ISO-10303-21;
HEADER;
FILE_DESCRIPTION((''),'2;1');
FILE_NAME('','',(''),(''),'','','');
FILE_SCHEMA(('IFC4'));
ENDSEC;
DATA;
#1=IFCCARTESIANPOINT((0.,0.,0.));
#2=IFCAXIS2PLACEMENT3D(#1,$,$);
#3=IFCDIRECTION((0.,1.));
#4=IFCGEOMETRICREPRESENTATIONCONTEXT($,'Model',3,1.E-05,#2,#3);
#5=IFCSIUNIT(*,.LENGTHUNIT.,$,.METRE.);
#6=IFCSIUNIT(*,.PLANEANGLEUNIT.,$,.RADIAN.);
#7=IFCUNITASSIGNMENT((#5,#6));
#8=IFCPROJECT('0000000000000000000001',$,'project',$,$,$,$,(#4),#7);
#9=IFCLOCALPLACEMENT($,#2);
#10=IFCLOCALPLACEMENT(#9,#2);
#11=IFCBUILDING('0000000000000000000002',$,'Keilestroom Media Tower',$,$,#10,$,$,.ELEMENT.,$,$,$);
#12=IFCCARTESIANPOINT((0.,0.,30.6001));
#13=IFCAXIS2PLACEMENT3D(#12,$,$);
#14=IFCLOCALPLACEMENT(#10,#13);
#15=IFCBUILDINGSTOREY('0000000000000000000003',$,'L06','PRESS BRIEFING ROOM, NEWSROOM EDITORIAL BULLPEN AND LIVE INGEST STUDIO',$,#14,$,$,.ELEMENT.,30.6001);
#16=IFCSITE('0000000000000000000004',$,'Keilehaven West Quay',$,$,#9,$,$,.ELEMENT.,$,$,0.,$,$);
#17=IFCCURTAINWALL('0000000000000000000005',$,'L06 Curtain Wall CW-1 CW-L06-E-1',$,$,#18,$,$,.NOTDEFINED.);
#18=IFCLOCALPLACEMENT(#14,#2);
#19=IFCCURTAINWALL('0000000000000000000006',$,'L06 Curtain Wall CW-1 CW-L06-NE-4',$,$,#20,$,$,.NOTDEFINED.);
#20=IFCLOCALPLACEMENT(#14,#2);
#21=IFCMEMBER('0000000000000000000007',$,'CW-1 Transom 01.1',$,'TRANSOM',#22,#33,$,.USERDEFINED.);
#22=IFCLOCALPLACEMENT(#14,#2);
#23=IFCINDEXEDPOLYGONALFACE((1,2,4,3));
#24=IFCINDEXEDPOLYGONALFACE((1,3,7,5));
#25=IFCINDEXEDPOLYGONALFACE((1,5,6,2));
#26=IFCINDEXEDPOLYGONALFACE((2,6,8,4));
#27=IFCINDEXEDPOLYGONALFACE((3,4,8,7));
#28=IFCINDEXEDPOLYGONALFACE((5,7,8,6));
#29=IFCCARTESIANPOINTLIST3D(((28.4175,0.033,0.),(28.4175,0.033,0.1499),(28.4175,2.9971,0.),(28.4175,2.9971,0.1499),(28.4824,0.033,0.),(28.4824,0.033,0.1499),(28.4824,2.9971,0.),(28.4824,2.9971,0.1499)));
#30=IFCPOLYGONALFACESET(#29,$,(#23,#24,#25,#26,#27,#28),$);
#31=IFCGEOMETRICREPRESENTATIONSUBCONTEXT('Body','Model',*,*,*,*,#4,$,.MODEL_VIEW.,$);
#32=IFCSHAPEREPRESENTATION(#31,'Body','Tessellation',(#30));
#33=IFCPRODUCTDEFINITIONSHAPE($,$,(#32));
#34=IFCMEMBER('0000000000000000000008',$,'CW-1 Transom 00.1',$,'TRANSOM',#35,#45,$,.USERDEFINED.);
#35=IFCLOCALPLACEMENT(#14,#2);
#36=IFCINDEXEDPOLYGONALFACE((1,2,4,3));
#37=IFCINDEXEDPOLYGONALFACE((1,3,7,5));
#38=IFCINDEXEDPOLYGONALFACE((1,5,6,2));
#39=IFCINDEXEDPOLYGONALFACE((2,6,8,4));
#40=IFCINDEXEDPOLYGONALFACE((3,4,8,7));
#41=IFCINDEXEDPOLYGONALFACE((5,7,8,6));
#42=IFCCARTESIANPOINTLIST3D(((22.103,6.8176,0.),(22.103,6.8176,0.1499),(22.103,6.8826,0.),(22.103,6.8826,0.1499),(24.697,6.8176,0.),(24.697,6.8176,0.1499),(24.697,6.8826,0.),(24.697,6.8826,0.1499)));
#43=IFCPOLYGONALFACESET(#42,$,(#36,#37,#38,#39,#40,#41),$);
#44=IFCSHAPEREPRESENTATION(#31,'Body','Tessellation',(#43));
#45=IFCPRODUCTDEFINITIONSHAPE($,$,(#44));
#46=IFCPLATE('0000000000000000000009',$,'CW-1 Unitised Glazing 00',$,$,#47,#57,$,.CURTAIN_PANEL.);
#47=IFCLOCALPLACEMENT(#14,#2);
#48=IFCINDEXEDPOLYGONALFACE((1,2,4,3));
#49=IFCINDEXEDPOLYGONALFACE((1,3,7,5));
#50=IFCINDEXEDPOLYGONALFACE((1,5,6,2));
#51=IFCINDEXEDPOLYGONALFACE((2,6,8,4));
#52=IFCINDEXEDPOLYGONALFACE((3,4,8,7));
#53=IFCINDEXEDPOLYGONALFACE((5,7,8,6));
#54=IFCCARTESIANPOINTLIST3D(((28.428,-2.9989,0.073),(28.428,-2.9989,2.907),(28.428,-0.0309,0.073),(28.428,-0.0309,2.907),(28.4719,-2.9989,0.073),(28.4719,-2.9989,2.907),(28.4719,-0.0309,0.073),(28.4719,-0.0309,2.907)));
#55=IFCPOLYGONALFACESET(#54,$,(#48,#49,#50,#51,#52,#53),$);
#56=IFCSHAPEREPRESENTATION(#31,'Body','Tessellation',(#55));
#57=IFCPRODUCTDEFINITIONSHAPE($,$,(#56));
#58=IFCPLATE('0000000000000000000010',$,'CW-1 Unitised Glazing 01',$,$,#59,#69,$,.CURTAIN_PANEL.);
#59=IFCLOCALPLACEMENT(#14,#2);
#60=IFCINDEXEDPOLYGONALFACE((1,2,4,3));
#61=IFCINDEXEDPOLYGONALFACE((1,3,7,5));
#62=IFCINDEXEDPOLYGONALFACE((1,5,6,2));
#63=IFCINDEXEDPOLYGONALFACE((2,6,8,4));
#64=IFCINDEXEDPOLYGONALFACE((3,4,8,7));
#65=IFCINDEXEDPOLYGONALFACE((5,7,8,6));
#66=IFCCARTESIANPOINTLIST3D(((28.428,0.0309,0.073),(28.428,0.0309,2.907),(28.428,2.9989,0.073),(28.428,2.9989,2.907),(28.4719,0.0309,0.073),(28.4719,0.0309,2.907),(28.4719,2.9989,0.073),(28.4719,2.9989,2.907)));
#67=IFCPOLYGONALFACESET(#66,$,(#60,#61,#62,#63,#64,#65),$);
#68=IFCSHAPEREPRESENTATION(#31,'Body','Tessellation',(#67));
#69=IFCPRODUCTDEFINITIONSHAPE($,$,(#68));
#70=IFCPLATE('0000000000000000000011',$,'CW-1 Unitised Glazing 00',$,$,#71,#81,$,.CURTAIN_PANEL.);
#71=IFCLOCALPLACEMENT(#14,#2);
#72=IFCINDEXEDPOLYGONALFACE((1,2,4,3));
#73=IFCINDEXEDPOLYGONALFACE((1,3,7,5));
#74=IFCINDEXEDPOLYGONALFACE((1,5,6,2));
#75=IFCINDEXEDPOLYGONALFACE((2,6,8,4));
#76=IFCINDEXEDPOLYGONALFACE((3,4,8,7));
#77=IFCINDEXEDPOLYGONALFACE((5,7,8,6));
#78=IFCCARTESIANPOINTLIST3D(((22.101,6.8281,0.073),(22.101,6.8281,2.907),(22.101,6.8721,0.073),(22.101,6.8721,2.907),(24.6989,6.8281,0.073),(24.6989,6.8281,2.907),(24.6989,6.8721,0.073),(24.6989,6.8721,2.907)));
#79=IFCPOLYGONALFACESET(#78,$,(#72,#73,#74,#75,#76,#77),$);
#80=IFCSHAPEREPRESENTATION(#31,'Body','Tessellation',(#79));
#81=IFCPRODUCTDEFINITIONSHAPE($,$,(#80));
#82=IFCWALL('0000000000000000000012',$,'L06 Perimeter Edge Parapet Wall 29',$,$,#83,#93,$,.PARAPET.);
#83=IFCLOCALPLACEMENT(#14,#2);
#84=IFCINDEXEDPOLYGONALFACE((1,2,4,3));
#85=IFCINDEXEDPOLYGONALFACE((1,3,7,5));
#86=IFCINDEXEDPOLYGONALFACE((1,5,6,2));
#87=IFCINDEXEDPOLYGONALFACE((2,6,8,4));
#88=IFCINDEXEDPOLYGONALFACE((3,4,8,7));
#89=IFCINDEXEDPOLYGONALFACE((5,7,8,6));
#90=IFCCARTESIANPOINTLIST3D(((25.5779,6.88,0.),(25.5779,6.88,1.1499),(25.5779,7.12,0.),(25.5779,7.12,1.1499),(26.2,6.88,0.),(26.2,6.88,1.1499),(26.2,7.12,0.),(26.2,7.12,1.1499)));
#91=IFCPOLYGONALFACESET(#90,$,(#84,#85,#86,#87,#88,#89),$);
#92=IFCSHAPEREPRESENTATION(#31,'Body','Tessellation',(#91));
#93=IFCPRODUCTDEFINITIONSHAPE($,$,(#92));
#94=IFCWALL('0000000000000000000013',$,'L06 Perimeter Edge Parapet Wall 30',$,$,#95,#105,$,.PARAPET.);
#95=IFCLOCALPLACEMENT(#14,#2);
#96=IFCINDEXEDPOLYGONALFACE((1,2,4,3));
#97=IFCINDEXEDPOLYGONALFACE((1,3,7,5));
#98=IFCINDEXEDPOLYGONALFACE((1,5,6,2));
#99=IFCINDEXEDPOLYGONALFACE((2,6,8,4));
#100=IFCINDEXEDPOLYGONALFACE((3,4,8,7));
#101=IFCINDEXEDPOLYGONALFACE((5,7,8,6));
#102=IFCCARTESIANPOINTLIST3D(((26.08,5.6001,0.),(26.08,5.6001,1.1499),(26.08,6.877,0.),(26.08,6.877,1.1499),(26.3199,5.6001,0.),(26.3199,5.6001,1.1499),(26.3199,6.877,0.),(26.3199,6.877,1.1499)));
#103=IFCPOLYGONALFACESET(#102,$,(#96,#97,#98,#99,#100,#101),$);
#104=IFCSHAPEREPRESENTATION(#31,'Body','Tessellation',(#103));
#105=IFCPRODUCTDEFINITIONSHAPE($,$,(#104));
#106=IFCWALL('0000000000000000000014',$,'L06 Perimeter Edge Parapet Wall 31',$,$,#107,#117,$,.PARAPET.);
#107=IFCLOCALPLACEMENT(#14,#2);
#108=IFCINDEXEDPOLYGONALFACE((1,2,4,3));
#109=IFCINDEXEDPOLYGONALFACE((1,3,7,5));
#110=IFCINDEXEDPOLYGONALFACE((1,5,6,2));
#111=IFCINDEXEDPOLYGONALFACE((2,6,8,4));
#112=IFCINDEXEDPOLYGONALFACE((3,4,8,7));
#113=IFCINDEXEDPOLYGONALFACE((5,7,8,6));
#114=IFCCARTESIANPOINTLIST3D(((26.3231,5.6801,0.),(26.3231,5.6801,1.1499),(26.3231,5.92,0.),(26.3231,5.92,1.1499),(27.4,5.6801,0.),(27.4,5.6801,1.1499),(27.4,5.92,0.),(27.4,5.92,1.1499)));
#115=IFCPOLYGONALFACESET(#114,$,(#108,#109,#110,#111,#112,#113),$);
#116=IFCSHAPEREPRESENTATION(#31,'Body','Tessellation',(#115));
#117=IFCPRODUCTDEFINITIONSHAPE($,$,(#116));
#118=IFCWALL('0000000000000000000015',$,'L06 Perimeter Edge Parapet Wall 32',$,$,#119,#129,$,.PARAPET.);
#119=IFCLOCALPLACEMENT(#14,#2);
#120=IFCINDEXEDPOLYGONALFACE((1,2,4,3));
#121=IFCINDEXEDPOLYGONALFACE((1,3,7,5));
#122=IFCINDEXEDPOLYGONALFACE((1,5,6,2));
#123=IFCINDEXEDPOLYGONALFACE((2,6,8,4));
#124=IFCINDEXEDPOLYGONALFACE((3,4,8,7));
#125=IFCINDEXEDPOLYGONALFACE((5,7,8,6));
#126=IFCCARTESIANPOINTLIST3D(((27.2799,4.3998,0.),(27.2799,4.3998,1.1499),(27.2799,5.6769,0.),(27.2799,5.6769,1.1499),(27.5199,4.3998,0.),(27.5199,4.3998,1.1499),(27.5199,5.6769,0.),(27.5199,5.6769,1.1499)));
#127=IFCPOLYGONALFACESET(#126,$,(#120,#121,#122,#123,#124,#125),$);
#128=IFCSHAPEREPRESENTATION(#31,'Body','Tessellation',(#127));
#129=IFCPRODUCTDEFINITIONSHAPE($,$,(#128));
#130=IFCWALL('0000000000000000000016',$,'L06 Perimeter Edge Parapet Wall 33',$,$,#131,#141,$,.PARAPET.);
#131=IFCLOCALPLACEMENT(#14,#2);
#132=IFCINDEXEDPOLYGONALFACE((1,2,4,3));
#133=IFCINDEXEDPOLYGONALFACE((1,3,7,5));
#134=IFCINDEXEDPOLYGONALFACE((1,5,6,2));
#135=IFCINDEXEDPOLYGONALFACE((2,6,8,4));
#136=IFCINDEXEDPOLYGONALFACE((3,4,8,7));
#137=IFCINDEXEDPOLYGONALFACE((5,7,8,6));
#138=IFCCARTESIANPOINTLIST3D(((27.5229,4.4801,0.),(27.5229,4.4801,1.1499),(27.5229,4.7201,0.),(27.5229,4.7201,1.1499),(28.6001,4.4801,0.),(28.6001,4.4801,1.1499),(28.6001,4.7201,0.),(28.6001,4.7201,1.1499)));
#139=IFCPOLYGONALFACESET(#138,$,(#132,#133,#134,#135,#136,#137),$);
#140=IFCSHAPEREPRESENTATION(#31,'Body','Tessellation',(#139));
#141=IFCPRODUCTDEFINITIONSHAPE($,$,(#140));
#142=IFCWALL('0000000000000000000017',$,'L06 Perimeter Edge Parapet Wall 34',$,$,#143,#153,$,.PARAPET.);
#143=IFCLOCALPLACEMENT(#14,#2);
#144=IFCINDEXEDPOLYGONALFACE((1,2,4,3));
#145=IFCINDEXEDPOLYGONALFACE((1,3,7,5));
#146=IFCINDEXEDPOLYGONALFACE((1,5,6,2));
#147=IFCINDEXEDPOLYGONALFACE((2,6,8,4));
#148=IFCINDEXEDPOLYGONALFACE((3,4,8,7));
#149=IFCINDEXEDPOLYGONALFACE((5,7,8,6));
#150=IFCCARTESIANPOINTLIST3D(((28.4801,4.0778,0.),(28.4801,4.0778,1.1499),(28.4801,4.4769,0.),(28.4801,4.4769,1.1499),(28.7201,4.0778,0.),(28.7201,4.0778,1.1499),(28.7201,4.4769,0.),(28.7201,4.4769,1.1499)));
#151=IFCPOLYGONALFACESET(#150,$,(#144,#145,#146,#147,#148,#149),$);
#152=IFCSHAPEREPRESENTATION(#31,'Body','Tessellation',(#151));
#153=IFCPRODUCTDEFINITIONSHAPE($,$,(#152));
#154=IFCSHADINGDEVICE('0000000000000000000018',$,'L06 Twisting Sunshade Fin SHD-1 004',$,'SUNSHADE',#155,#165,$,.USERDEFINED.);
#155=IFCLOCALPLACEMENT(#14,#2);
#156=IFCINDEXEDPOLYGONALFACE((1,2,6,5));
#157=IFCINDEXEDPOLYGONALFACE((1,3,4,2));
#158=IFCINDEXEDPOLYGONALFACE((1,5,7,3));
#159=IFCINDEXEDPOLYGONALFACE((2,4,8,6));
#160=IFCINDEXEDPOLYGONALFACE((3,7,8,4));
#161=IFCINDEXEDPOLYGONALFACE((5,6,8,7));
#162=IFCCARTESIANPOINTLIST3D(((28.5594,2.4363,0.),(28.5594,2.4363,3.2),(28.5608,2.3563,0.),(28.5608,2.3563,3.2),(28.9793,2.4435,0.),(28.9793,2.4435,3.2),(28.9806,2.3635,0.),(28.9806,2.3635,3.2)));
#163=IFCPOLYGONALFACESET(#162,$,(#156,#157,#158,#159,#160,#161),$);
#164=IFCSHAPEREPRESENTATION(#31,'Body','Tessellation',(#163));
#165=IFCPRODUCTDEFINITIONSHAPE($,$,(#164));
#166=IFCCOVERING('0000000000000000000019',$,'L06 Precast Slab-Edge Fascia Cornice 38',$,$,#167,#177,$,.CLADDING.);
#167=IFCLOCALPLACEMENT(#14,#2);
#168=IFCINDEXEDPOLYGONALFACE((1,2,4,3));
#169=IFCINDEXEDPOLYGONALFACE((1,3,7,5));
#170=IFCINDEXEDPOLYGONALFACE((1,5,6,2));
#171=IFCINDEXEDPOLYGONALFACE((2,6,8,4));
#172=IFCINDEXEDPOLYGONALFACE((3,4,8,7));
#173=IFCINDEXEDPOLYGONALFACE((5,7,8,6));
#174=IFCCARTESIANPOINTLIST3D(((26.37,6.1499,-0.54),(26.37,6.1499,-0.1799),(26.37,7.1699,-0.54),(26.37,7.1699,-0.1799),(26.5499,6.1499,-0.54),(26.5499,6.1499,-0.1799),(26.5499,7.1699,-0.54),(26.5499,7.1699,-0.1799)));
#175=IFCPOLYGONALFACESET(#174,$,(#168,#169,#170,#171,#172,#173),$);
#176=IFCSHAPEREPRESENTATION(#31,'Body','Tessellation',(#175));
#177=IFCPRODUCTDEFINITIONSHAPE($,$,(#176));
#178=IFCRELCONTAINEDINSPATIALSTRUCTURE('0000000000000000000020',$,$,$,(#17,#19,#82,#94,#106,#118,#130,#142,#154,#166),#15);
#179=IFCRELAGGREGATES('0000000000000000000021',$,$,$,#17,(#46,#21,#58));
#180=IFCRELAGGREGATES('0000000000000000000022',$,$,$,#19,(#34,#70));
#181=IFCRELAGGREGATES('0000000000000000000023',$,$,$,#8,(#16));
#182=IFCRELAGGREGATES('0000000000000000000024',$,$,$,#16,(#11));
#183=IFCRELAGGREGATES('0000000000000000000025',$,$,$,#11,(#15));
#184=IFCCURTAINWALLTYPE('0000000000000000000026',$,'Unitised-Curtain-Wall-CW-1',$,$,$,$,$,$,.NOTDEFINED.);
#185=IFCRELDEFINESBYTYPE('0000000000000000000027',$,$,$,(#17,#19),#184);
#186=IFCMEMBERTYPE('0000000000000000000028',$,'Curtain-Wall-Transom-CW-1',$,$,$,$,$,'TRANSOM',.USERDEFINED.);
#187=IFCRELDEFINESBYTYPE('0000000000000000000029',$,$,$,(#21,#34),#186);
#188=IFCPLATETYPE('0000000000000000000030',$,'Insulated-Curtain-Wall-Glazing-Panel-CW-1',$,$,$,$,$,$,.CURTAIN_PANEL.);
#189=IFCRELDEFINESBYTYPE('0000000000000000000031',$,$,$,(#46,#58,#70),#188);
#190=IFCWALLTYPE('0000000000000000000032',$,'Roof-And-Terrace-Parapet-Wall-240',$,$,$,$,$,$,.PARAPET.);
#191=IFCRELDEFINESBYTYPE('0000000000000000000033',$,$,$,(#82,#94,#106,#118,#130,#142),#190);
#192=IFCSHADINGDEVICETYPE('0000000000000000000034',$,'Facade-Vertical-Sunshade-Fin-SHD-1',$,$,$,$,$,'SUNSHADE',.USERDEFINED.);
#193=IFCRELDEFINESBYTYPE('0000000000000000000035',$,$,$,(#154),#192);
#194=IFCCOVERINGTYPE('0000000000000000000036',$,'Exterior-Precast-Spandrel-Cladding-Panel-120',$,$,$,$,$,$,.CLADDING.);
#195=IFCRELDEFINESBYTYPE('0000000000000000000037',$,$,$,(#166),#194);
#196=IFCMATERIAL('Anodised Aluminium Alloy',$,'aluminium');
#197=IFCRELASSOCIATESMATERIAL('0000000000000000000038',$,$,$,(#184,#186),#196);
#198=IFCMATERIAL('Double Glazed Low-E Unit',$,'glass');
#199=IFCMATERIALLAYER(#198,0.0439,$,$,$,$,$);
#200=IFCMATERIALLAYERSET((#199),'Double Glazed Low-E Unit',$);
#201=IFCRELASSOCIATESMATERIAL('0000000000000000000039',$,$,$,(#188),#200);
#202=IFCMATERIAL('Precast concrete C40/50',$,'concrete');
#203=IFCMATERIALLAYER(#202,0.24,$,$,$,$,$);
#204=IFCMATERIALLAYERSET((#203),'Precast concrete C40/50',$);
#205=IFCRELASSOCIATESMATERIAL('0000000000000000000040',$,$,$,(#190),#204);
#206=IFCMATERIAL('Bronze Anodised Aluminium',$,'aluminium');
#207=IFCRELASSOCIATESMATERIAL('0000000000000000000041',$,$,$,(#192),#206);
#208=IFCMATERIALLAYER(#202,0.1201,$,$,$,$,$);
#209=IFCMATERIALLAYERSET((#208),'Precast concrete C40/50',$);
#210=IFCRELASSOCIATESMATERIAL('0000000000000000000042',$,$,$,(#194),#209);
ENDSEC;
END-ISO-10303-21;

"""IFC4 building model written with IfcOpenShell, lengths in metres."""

from ifc_helpers import new_model, si_unit, direction, frame, frame_2d, origin, origin_2d, place, context, subcontext, project, spatial, rectangle, extrude, source, transform, mapped, material, layer, layer_set, material_profile, profile_set, type_object, element, aggregate, save


model = new_model("IFC4")

# Units and contexts
model_context = context("Model", 3, precision=1e-05, world=origin(), true_north=direction((0.0, 1.0)))
body_context = subcontext(model_context, "Body", "Model", "MODEL_VIEW")
ifc_project = project(units=[si_unit("LENGTHUNIT", "METRE"), si_unit("PLANEANGLEUNIT", "RADIAN")], contexts=[model_context])

# Site, building, storey
site_placement = place(None, origin())
site = spatial("IfcSite", under=ifc_project, at=site_placement, Name="Keilehaven West Quay", CompositionType="ELEMENT", RefElevation=0.0)
building_placement = place(site_placement, origin())
building = spatial("IfcBuilding", under=site, at=building_placement, Name="Keilestroom Media Tower", CompositionType="ELEMENT")
storey_placement = place(building_placement, frame((0.0, 0.0, 30.6001)))
storey = spatial("IfcBuildingStorey", under=building, at=storey_placement, Name="L06", Description="PRESS BRIEFING ROOM, NEWSROOM EDITORIAL BULLPEN AND LIVE INGEST STUDIO", CompositionType="ELEMENT", Elevation=30.6001)

# Shared definitions
ifc_material_1 = material(Name="Precast concrete C40/50", Category="concrete")

# Curtain walls
ifc_material_2 = material(Name="Anodised Aluminium Alloy", Category="aluminium")
curtain_wall_type = type_object("IfcCurtainWallType", Name="Unitised-Curtain-Wall-CW-1", PredefinedType="NOTDEFINED", material=ifc_material_2)
curtain_wall_1_placement = place(storey_placement, origin())
curtain_wall_1 = element("IfcCurtainWall", 1, at=curtain_wall_1_placement, inside=storey, type_object=curtain_wall_type, Name="L06 Curtain Wall CW-1 CW-L06-E-1", PredefinedType="NOTDEFINED")
curtain_wall_2_placement = place(storey_placement, origin())
curtain_wall_2 = element("IfcCurtainWall", 2, at=curtain_wall_2_placement, inside=storey, type_object=curtain_wall_type, Name="L06 Curtain Wall CW-1 CW-L06-NE-4", PredefinedType="NOTDEFINED")

# Members
ifc_material_profile_1 = material_profile(ifc_material_2, rectangle(XDim=0.0649, YDim=0.1499, at=origin_2d()), Name="ALU TRANSOM 65x150")
ifc_profile_set_1 = profile_set([ifc_material_profile_1], Name="Anodised Aluminium Alloy")
member_type_1 = type_object("IfcMemberType", Name="Curtain-Wall-Transom-CW-1", ElementType="TRANSOM", PredefinedType="USERDEFINED", material=ifc_profile_set_1)
shared_shape_1 = source(origin(), body_context, "Body", "SweptSolid", [
    extrude(rectangle(XDim=0.0649, YDim=0.1499, at=origin_2d()), origin(), (0.0, 0.0, 1.0), 2.9641),
])
member_1_placement = place(storey_placement, frame((28.45, 0.033, 0.075), z_axis=(0.0, 1.0, 0.0), x_axis=(-1.0, 0.0, 0.0)))
member_1 = element("IfcMember", 3, at=member_1_placement, type_object=member_type_1, Name="CW-1 Transom 01.1", ObjectType="TRANSOM", PredefinedType="USERDEFINED", context=body_context, shape_type="MappedRepresentation", body=[
    mapped(shared_shape_1, transform((0.0, 0.0, 0.0), x_axis=(1.0, 0.0, 0.0), y_axis=(0.0, 1.0, 0.0), z_axis=(0.0, 0.0, 1.0), scale=1.0)),
])
shared_shape_2 = source(origin(), body_context, "Body", "SweptSolid", [
    extrude(rectangle(XDim=0.0649, YDim=0.1499, at=origin_2d()), origin(), (0.0, 0.0, 1.0), 2.594),
])
member_2_placement = place(storey_placement, frame((22.103, 6.8501, 0.075), z_axis=(1.0, 0.0, 0.0), x_axis=(0.0, 1.0, 0.0)))
member_2 = element("IfcMember", 4, at=member_2_placement, type_object=member_type_1, Name="CW-1 Transom 00.1", ObjectType="TRANSOM", PredefinedType="USERDEFINED", context=body_context, shape_type="MappedRepresentation", body=[
    mapped(shared_shape_2, transform((0.0, 0.0, 0.0), x_axis=(1.0, 0.0, 0.0), y_axis=(0.0, 1.0, 0.0), z_axis=(0.0, 0.0, 1.0), scale=1.0)),
])

# Plates
ifc_material_3 = material(Name="Double Glazed Low-E Unit", Category="glass")
ifc_layer_1 = layer(ifc_material_3, 0.0439)
ifc_layer_set_1 = layer_set([ifc_layer_1], Name="Double Glazed Low-E Unit")
plate_type = type_object("IfcPlateType", Name="Insulated-Curtain-Wall-Glazing-Panel-CW-1", PredefinedType="CURTAIN_PANEL", material=ifc_layer_set_1)
shared_shape_3 = source(origin(), body_context, "Body", "SweptSolid", [
    extrude(rectangle(XDim=2.968, YDim=0.0439, at=origin_2d()), origin(), (0.0, 0.0, 1.0), 2.834),
])
plate_1_placement = place(storey_placement, frame((28.45, -1.5149, 0.073), z_axis=(0.0, 0.0, 1.0), x_axis=(0.0, 1.0, 0.0)))
plate_1 = element("IfcPlate", 5, at=plate_1_placement, type_object=plate_type, Name="CW-1 Unitised Glazing 00", PredefinedType="CURTAIN_PANEL", context=body_context, shape_type="MappedRepresentation", body=[
    mapped(shared_shape_3, transform((0.0, 0.0, 0.0), x_axis=(1.0, 0.0, 0.0), y_axis=(0.0, 1.0, 0.0), z_axis=(0.0, 0.0, 1.0), scale=1.0)),
])
plate_2_placement = place(storey_placement, frame((28.45, 1.5149, 0.073), z_axis=(0.0, 0.0, 1.0), x_axis=(0.0, 1.0, 0.0)))
plate_2 = element("IfcPlate", 6, at=plate_2_placement, type_object=plate_type, Name="CW-1 Unitised Glazing 01", PredefinedType="CURTAIN_PANEL", context=body_context, shape_type="MappedRepresentation", body=[
    mapped(shared_shape_3, transform((0.0, 0.0, 0.0), x_axis=(1.0, 0.0, 0.0), y_axis=(0.0, 1.0, 0.0), z_axis=(0.0, 0.0, 1.0), scale=1.0)),
])
aggregate(curtain_wall_1, [plate_1, member_1, plate_2])
shared_shape_4 = source(origin(), body_context, "Body", "SweptSolid", [
    extrude(rectangle(XDim=2.5979, YDim=0.0439, at=origin_2d()), origin(), (0.0, 0.0, 1.0), 2.834),
])
plate_3_placement = place(storey_placement, frame((23.3999, 6.8501, 0.073), z_axis=(0.0, 0.0, 1.0), x_axis=(1.0, 0.0, 0.0)))
plate_3 = element("IfcPlate", 7, at=plate_3_placement, type_object=plate_type, Name="CW-1 Unitised Glazing 00", PredefinedType="CURTAIN_PANEL", context=body_context, shape_type="MappedRepresentation", body=[
    mapped(shared_shape_4, transform((0.0, 0.0, 0.0), x_axis=(1.0, 0.0, 0.0), y_axis=(0.0, 1.0, 0.0), z_axis=(0.0, 0.0, 1.0), scale=1.0)),
])
aggregate(curtain_wall_2, [member_2, plate_3])

# Walls
ifc_layer_2 = layer(ifc_material_1, 0.24)
ifc_layer_set_2 = layer_set([ifc_layer_2], Name="Precast concrete C40/50")
wall_type = type_object("IfcWallType", Name="Roof-And-Terrace-Parapet-Wall-240", PredefinedType="PARAPET", material=ifc_layer_set_2)
wall_1_placement = place(storey_placement, frame((25.5779, 7.0, 0.0), z_axis=(0.0, 0.0, 1.0), x_axis=(1.0, 0.0, 0.0)))
element("IfcWall", 8, at=wall_1_placement, inside=storey, type_object=wall_type, Name="L06 Perimeter Edge Parapet Wall 29", PredefinedType="PARAPET", context=body_context, shape_type="SweptSolid", body=[
    extrude(rectangle(XDim=0.6221, YDim=0.24, at=frame_2d((0.311, 0.0))), origin(), (0.0, 0.0, 1.0), 1.1499),
])
wall_2_placement = place(storey_placement, frame((26.2, 6.877, 0.0), z_axis=(0.0, 0.0, 1.0), x_axis=(0.0, -1.0, 0.0)))
element("IfcWall", 9, at=wall_2_placement, inside=storey, type_object=wall_type, Name="L06 Perimeter Edge Parapet Wall 30", PredefinedType="PARAPET", context=body_context, shape_type="SweptSolid", body=[
    extrude(rectangle(XDim=1.2769, YDim=0.24, at=frame_2d((0.6384, 0.0))), origin(), (0.0, 0.0, 1.0), 1.1499),
])
wall_3_placement = place(storey_placement, frame((26.323, 5.8, 0.0), z_axis=(0.0, 0.0, 1.0), x_axis=(1.0, 0.0, 0.0)))
element("IfcWall", 10, at=wall_3_placement, inside=storey, type_object=wall_type, Name="L06 Perimeter Edge Parapet Wall 31", PredefinedType="PARAPET", context=body_context, shape_type="SweptSolid", body=[
    extrude(rectangle(XDim=1.0769, YDim=0.24, at=frame_2d((0.5386, 0.0))), origin(), (0.0, 0.0, 1.0), 1.1499),
])
wall_4_placement = place(storey_placement, frame((27.3999, 5.677, 0.0), z_axis=(0.0, 0.0, 1.0), x_axis=(0.0, -1.0, 0.0)))
element("IfcWall", 11, at=wall_4_placement, inside=storey, type_object=wall_type, Name="L06 Perimeter Edge Parapet Wall 32", PredefinedType="PARAPET", context=body_context, shape_type="SweptSolid", body=[
    extrude(rectangle(XDim=1.2771, YDim=0.24, at=frame_2d((0.6387, 0.0))), origin(), (0.0, 0.0, 1.0), 1.1499),
])
wall_5_placement = place(storey_placement, frame((27.5229, 4.6001, 0.0), z_axis=(0.0, 0.0, 1.0), x_axis=(1.0, 0.0, 0.0)))
element("IfcWall", 12, at=wall_5_placement, inside=storey, type_object=wall_type, Name="L06 Perimeter Edge Parapet Wall 33", PredefinedType="PARAPET", context=body_context, shape_type="SweptSolid", body=[
    extrude(rectangle(XDim=1.0771, YDim=0.24, at=frame_2d((0.5386, 0.0))), origin(), (0.0, 0.0, 1.0), 1.1499),
])
wall_6_placement = place(storey_placement, frame((28.6001, 4.4771, 0.0), z_axis=(0.0, 0.0, 1.0), x_axis=(0.0, -1.0, 0.0)))
element("IfcWall", 13, at=wall_6_placement, inside=storey, type_object=wall_type, Name="L06 Perimeter Edge Parapet Wall 34", PredefinedType="PARAPET", context=body_context, shape_type="SweptSolid", body=[
    extrude(rectangle(XDim=0.3992, YDim=0.24, at=frame_2d((0.1997, 0.0))), origin(), (0.0, 0.0, 1.0), 1.1499),
])

# Shading device
ifc_material_4 = material(Name="Bronze Anodised Aluminium", Category="aluminium")
shading_device_type = type_object("IfcShadingDeviceType", Name="Facade-Vertical-Sunshade-Fin-SHD-1", ElementType="SUNSHADE", PredefinedType="USERDEFINED", material=ifc_material_4)
shared_shape_5 = source(origin(), body_context, "Body", "SweptSolid", [
    extrude(rectangle(XDim=0.4199, YDim=0.0801, at=origin_2d()), origin(), (0.0, 0.0, 1.0), 3.2),
])
shading_device_placement = place(storey_placement, frame((28.77, 2.3999, 0.0), z_axis=(0.0, 0.0, 1.0), x_axis=(0.999854, 0.017103, 0.0)))
element("IfcShadingDevice", 14, at=shading_device_placement, inside=storey, type_object=shading_device_type, Name="L06 Twisting Sunshade Fin SHD-1 004", ObjectType="SUNSHADE", PredefinedType="USERDEFINED", context=body_context, shape_type="MappedRepresentation", body=[
    mapped(shared_shape_5, transform((0.0, 0.0, 0.0), x_axis=(1.0, 0.0, 0.0), y_axis=(0.0, 1.0, 0.0), z_axis=(0.0, 0.0, 1.0), scale=1.0)),
])

# Covering
ifc_layer_3 = layer(ifc_material_1, 0.1201)
ifc_layer_set_3 = layer_set([ifc_layer_3], Name="Precast concrete C40/50")
covering_type = type_object("IfcCoveringType", Name="Exterior-Precast-Spandrel-Cladding-Panel-120", PredefinedType="CLADDING", material=ifc_layer_set_3)
shared_shape_6 = source(origin(), body_context, "Body", "SweptSolid", [
    extrude(rectangle(XDim=1.02, YDim=0.1799, at=origin_2d()), origin(), (0.0, 0.0, 1.0), 0.3601),
])
for number, where, z_axis, x_axis, name in (
    (15, (26.46, 6.6599, -0.54), (0.0, 0.0, 1.0), (0.0, -1.0, 0.0), "L06 Precast Slab-Edge Fascia Cornice 38"),
):
    element("IfcCovering", number, at=place(storey_placement, frame(where, z_axis=z_axis, x_axis=x_axis)), inside=storey, type_object=covering_type, Name=name, PredefinedType="CLADDING", context=body_context, shape_type="MappedRepresentation", body=[
        mapped(shared_shape_6, transform((0.0, 0.0, 0.0), x_axis=(1.0, 0.0, 0.0), y_axis=(0.0, 1.0, 0.0), z_axis=(0.0, 0.0, 1.0), scale=1.0)),
    ])

save(model, "model.ifc")
